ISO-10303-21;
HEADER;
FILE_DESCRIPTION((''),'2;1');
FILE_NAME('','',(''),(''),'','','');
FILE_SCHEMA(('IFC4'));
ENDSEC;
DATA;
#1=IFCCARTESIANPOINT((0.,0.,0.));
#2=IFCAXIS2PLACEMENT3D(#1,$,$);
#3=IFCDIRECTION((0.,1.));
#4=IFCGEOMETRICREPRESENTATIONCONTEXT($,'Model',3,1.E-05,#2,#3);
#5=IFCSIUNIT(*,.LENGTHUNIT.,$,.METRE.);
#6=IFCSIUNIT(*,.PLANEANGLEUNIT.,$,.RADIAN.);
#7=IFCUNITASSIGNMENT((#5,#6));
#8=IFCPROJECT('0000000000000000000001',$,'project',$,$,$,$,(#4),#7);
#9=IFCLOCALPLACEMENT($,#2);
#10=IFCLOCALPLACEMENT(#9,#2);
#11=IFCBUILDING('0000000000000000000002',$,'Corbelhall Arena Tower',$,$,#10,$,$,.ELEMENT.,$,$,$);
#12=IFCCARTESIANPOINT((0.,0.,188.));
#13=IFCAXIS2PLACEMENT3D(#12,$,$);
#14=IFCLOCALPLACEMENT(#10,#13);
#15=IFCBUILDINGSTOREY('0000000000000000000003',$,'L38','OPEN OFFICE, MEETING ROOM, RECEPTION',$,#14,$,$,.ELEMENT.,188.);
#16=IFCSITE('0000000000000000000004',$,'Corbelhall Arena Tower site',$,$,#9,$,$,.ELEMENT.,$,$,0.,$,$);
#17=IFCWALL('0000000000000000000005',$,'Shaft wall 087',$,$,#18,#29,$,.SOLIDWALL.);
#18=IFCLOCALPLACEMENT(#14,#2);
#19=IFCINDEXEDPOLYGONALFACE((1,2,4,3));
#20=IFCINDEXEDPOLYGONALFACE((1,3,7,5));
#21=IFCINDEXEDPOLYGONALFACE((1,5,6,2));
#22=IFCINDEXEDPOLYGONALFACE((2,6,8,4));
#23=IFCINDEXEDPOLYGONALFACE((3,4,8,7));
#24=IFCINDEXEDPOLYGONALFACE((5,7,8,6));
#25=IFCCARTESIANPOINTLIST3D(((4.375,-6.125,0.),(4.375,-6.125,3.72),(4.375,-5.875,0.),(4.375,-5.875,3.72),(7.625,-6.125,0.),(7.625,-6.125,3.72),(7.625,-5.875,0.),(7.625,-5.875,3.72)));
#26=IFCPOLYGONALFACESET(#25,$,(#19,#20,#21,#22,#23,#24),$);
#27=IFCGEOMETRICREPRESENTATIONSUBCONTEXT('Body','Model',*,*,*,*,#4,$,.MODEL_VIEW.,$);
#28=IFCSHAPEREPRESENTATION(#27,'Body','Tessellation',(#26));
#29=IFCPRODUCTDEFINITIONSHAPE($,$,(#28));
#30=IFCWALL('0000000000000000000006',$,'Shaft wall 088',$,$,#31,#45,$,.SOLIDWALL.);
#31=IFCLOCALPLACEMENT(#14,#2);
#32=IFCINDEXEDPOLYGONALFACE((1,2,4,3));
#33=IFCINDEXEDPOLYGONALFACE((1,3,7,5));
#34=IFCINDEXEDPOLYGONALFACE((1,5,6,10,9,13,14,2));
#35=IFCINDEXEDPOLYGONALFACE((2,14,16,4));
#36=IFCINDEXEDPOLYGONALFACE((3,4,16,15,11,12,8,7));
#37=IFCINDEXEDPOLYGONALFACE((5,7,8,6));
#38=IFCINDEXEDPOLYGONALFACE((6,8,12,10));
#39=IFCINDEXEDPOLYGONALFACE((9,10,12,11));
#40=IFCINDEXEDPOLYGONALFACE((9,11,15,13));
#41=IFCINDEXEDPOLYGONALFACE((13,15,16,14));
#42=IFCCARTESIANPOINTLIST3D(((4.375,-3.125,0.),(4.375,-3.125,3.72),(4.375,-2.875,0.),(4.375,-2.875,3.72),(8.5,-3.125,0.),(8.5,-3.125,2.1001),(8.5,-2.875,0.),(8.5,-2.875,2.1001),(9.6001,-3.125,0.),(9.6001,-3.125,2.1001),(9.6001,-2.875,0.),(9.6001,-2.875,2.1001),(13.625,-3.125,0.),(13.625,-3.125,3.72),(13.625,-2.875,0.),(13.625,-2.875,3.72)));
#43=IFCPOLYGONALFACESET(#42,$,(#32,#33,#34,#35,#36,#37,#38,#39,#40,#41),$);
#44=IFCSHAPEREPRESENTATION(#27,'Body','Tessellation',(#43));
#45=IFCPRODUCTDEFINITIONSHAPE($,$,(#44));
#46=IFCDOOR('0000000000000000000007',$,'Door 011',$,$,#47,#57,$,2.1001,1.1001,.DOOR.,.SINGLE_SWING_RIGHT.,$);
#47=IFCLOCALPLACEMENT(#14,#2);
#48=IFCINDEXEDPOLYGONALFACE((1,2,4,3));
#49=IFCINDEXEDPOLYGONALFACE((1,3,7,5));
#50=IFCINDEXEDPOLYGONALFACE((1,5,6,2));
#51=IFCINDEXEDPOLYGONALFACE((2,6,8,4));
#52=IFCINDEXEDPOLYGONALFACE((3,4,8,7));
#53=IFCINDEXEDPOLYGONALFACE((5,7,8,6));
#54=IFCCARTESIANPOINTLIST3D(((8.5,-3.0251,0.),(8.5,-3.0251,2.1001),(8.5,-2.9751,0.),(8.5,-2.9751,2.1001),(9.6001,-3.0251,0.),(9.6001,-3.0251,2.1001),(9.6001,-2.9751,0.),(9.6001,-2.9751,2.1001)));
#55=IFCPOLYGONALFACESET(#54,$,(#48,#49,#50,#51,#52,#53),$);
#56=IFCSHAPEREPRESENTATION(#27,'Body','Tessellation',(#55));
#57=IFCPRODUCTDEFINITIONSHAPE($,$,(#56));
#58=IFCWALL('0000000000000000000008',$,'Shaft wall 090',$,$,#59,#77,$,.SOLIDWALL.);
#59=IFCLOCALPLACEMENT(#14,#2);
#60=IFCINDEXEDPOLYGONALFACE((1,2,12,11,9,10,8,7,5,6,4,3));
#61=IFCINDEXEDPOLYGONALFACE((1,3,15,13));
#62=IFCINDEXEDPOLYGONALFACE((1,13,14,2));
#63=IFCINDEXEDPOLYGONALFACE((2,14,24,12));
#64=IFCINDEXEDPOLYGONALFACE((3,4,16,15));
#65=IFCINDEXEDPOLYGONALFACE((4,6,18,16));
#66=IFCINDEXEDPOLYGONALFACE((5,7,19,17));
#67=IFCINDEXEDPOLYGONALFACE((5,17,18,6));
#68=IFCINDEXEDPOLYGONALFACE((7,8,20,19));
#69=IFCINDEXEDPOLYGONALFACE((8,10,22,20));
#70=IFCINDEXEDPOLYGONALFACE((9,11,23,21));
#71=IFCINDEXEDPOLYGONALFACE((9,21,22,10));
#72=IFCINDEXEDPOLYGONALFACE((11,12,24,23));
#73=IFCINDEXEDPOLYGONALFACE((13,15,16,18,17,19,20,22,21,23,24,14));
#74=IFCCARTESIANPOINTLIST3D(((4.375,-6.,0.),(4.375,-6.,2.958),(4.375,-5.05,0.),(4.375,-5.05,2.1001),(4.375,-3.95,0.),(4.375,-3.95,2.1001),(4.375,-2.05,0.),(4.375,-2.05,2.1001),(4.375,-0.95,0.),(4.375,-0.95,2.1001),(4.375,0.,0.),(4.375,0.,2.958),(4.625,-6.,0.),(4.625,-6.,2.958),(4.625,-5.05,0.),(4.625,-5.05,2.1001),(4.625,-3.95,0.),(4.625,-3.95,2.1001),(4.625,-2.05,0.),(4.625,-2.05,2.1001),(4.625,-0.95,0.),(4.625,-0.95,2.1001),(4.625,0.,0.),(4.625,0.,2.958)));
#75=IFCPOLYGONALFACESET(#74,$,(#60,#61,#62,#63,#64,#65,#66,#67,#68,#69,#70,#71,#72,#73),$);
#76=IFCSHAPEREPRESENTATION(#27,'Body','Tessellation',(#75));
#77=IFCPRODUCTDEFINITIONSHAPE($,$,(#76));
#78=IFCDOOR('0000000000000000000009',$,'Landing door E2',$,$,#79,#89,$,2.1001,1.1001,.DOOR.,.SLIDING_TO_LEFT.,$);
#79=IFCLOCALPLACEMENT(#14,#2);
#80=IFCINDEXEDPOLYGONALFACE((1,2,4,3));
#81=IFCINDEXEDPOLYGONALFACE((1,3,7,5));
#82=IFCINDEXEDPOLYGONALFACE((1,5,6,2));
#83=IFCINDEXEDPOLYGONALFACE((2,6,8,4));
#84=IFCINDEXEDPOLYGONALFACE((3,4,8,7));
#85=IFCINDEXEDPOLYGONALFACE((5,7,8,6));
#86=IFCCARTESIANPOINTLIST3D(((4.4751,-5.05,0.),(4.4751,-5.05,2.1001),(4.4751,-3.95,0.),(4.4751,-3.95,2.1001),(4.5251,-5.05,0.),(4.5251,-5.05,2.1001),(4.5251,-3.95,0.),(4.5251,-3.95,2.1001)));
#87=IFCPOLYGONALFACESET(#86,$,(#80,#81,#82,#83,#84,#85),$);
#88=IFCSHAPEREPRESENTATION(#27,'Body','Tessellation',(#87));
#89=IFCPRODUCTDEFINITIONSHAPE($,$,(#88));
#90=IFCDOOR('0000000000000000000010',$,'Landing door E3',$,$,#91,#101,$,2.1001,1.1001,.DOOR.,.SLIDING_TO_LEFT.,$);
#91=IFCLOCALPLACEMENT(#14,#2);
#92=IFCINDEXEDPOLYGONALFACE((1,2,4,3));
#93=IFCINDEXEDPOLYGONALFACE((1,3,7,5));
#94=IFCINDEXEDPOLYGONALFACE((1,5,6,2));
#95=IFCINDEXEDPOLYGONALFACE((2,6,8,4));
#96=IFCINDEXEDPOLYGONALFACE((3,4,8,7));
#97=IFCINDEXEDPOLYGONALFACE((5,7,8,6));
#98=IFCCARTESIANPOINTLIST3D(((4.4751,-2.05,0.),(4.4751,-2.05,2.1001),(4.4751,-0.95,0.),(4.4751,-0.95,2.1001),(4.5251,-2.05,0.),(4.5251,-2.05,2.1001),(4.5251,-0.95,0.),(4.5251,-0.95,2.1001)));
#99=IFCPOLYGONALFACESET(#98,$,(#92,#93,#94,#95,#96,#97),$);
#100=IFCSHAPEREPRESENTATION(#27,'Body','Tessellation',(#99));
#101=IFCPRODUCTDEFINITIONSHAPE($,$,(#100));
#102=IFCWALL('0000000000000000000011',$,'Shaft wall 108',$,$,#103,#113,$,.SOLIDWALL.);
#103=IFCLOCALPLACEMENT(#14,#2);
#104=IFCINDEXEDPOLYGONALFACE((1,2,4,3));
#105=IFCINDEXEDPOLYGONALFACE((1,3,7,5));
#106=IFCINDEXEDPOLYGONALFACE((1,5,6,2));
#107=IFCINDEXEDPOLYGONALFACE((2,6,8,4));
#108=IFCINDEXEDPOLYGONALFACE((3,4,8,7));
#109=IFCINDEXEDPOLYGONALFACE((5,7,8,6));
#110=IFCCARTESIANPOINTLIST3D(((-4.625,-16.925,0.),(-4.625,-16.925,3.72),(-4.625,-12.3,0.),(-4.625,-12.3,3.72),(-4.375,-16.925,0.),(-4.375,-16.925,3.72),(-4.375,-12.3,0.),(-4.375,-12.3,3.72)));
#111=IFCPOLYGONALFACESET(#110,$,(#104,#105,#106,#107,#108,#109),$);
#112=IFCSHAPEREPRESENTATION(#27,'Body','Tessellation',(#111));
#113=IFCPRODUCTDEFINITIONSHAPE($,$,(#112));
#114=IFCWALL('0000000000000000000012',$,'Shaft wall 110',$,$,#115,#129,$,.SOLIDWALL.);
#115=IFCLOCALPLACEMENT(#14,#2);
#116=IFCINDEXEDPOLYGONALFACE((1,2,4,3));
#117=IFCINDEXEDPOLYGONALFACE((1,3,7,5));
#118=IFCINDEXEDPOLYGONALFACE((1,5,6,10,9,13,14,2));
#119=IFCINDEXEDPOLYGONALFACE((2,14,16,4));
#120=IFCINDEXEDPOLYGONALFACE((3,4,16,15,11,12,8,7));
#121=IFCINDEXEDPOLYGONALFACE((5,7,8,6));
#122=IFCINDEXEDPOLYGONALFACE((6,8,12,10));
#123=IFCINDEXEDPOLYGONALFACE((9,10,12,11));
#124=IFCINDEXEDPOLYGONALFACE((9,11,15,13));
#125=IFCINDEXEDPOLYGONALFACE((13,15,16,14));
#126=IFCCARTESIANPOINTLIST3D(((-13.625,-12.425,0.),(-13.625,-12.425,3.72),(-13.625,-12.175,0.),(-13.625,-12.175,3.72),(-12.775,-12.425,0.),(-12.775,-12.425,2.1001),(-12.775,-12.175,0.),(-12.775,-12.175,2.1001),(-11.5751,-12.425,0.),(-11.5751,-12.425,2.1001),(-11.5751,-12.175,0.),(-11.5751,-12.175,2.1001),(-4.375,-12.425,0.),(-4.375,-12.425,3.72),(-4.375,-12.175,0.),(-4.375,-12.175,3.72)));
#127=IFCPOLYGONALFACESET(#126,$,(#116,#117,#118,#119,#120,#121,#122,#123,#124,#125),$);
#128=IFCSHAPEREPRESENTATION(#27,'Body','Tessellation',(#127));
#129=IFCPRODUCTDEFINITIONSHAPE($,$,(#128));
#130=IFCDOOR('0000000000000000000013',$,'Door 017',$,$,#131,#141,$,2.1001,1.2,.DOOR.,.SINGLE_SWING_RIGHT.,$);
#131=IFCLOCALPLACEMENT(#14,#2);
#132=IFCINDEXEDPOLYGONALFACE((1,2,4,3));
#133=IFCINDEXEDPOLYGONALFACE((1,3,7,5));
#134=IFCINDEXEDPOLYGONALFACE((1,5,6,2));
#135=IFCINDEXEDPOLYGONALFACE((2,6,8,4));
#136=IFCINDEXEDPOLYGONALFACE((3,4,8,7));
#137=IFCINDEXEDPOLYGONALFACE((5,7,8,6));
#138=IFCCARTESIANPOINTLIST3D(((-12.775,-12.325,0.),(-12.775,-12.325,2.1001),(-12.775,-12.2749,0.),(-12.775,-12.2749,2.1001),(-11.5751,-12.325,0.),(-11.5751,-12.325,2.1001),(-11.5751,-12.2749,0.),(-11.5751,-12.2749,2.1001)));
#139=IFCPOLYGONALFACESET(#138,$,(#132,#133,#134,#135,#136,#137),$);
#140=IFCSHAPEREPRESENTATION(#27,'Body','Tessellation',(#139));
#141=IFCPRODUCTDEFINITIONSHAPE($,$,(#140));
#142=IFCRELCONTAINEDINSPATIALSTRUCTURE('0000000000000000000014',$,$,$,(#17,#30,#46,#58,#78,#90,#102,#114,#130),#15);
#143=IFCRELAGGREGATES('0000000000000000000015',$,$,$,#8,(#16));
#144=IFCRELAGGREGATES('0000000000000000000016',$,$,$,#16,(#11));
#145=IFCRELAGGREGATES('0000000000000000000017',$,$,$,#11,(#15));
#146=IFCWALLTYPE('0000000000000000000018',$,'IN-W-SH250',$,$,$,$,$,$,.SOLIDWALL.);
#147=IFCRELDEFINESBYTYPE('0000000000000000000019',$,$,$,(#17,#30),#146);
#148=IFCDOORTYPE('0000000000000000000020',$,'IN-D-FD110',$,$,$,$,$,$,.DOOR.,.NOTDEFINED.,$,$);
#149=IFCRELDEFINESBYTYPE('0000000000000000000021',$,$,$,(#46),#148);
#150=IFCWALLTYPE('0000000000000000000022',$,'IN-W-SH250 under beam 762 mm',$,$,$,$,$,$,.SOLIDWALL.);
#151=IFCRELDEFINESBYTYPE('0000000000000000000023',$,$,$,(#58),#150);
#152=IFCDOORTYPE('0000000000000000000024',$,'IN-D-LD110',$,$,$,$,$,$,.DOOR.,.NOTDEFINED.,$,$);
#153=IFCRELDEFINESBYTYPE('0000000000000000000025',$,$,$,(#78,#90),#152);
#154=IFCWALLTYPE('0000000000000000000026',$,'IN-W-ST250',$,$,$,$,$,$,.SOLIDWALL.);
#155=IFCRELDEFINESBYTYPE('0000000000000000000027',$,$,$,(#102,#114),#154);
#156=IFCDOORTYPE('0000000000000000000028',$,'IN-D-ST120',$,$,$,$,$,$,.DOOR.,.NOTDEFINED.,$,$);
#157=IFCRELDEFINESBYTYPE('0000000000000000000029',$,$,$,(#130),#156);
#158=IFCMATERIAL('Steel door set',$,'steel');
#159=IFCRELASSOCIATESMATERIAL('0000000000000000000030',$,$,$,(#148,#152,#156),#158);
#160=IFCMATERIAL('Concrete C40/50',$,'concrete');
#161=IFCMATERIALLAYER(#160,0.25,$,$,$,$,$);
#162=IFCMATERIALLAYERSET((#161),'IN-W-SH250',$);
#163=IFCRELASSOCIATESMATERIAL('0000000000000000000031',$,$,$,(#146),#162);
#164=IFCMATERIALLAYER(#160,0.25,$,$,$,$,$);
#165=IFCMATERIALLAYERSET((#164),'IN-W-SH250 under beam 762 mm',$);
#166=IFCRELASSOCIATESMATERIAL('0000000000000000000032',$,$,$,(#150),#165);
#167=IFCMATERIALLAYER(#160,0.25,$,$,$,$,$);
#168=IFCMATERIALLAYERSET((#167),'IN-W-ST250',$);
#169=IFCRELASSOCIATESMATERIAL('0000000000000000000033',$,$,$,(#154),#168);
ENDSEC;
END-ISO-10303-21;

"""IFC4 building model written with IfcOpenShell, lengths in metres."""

from ifc_helpers import new_model, si_unit, direction, frame, frame_2d, origin, place, context, subcontext, project, spatial, rectangle, extrude, material, layer, layer_set, type_object, element, fill, save


model = new_model("IFC4")

# Units and contexts
model_context = context("Model", 3, precision=1e-05, world=origin(), true_north=direction((0.0, 1.0)))
body_context = subcontext(model_context, "Body", "Model", "MODEL_VIEW")
ifc_project = project(units=[si_unit("LENGTHUNIT", "METRE"), si_unit("PLANEANGLEUNIT", "RADIAN")], contexts=[model_context])

# Site, building, storey
site_placement = place(None, origin())
site = spatial("IfcSite", under=ifc_project, at=site_placement, Name="Corbelhall Arena Tower site", CompositionType="ELEMENT", RefElevation=0.0)
building_placement = place(site_placement, origin())
building = spatial("IfcBuilding", under=site, at=building_placement, Name="Corbelhall Arena Tower", CompositionType="ELEMENT")
storey_placement = place(building_placement, frame((0.0, 0.0, 188.0)))
storey = spatial("IfcBuildingStorey", under=building, at=storey_placement, Name="L38", Description="OPEN OFFICE, MEETING ROOM, RECEPTION", CompositionType="ELEMENT", Elevation=188.0)

# Shared definitions
ifc_material_1 = material(Name="Concrete C40/50", Category="concrete")

# Shared definitions
ifc_material_2 = material(Name="Steel door set", Category="steel")
door_type_1 = type_object("IfcDoorType", Name="IN-D-FD110", OperationType="NOTDEFINED", PredefinedType="DOOR", material=ifc_material_2)

# Wall
ifc_layer_1 = layer(ifc_material_1, 0.25)
ifc_layer_set_1 = layer_set([ifc_layer_1], Name="IN-W-SH250")
wall_type_1 = type_object("IfcWallType", Name="IN-W-SH250", PredefinedType="SOLIDWALL", material=ifc_layer_set_1)
wall_1_placement = place(storey_placement, frame((4.375, -6.0, 0.0), z_axis=(0.0, 0.0, 1.0), x_axis=(1.0, 0.0, 0.0)))
element("IfcWall", 1, at=wall_1_placement, inside=storey, type_object=wall_type_1, Name="Shaft wall 087", PredefinedType="SOLIDWALL", context=body_context, shape_type="SweptSolid", body=[
    extrude(rectangle(XDim=3.25, YDim=0.25, at=frame_2d((1.625, 0.0))), origin(), (0.0, 0.0, 1.0), 3.72),
])

# Wall, opening, door
wall_2_placement = place(storey_placement, frame((4.375, -3.0, 0.0), z_axis=(0.0, 0.0, 1.0), x_axis=(1.0, 0.0, 0.0)))
wall_2 = element("IfcWall", 2, at=wall_2_placement, inside=storey, type_object=wall_type_1, Name="Shaft wall 088", PredefinedType="SOLIDWALL", context=body_context, shape_type="SweptSolid", body=[
    extrude(rectangle(XDim=9.25, YDim=0.25, at=frame_2d((4.625, 0.0))), origin(), (0.0, 0.0, 1.0), 3.72),
])
opening_1_placement = place(wall_2_placement, frame((4.125, 0.0, 0.0)))
opening_1 = element("IfcOpeningElement", 3, at=opening_1_placement, cuts=wall_2, PredefinedType="OPENING", context=body_context, shape_type="SweptSolid", body=[
    extrude(rectangle(XDim=1.1001, YDim=2.1001, at=frame_2d((0.55, 1.05))), frame((0.0, 0.125, 0.0), z_axis=(0.0, -1.0, 0.0), x_axis=(1.0, 0.0, 0.0)), (0.0, 0.0, 1.0), 0.25),
])
door_1_placement = place(opening_1_placement, origin())
door_1 = element("IfcDoor", 4, at=door_1_placement, inside=storey, type_object=door_type_1, Name="Door 011", OperationType="SINGLE_SWING_RIGHT", OverallHeight=2.1001, OverallWidth=1.1001, PredefinedType="DOOR", context=body_context, shape_type="SweptSolid", body=[
    extrude(rectangle(XDim=1.1001, YDim=2.1001, at=frame_2d((0.55, 1.05))), frame((0.0, 0.0249, 0.0), z_axis=(0.0, -1.0, 0.0), x_axis=(1.0, 0.0, 0.0)), (0.0, 0.0, 1.0), 0.05),
])
fill(opening_1, door_1)

# Wall, openings, doors
ifc_layer_2 = layer(ifc_material_1, 0.25)
ifc_layer_set_2 = layer_set([ifc_layer_2], Name="IN-W-SH250 under beam 762 mm")
wall_type_2 = type_object("IfcWallType", Name="IN-W-SH250 under beam 762 mm", PredefinedType="SOLIDWALL", material=ifc_layer_set_2)
wall_3_placement = place(storey_placement, frame((4.5, -6.0, 0.0), z_axis=(0.0, 0.0, 1.0), x_axis=(0.0, 1.0, 0.0)))
wall_3 = element("IfcWall", 5, at=wall_3_placement, inside=storey, type_object=wall_type_2, Name="Shaft wall 090", PredefinedType="SOLIDWALL", context=body_context, shape_type="SweptSolid", body=[
    extrude(rectangle(XDim=6.0, YDim=0.25, at=frame_2d((3.0, 0.0))), origin(), (0.0, 0.0, 1.0), 2.958),
])
opening_2_placement = place(wall_3_placement, frame((0.95, 0.0, 0.0)))
opening_2 = element("IfcOpeningElement", 6, at=opening_2_placement, cuts=wall_3, PredefinedType="OPENING", context=body_context, shape_type="SweptSolid", body=[
    extrude(rectangle(XDim=1.1001, YDim=2.1001, at=frame_2d((0.55, 1.05))), frame((0.0, 0.125, 0.0), z_axis=(0.0, -1.0, 0.0), x_axis=(1.0, 0.0, 0.0)), (0.0, 0.0, 1.0), 0.25),
])
opening_3_placement = place(wall_3_placement, frame((3.95, 0.0, 0.0)))
opening_3 = element("IfcOpeningElement", 7, at=opening_3_placement, cuts=wall_3, PredefinedType="OPENING", context=body_context, shape_type="SweptSolid", body=[
    extrude(rectangle(XDim=1.1001, YDim=2.1001, at=frame_2d((0.55, 1.05))), frame((0.0, 0.125, 0.0), z_axis=(0.0, -1.0, 0.0), x_axis=(1.0, 0.0, 0.0)), (0.0, 0.0, 1.0), 0.25),
])
door_type_2 = type_object("IfcDoorType", Name="IN-D-LD110", OperationType="NOTDEFINED", PredefinedType="DOOR", material=ifc_material_2)
door_2_placement = place(opening_2_placement, origin())
door_2 = element("IfcDoor", 8, at=door_2_placement, inside=storey, type_object=door_type_2, Name="Landing door E2", OperationType="SLIDING_TO_LEFT", OverallHeight=2.1001, OverallWidth=1.1001, PredefinedType="DOOR", context=body_context, shape_type="SweptSolid", body=[
    extrude(rectangle(XDim=1.1001, YDim=2.1001, at=frame_2d((0.55, 1.05))), frame((0.0, 0.0249, 0.0), z_axis=(0.0, -1.0, 0.0), x_axis=(1.0, 0.0, 0.0)), (0.0, 0.0, 1.0), 0.05),
])
fill(opening_2, door_2)
door_3_placement = place(opening_3_placement, origin())
door_3 = element("IfcDoor", 9, at=door_3_placement, inside=storey, type_object=door_type_2, Name="Landing door E3", OperationType="SLIDING_TO_LEFT", OverallHeight=2.1001, OverallWidth=1.1001, PredefinedType="DOOR", context=body_context, shape_type="SweptSolid", body=[
    extrude(rectangle(XDim=1.1001, YDim=2.1001, at=frame_2d((0.55, 1.05))), frame((0.0, 0.0249, 0.0), z_axis=(0.0, -1.0, 0.0), x_axis=(1.0, 0.0, 0.0)), (0.0, 0.0, 1.0), 0.05),
])
fill(opening_3, door_3)

# Wall
ifc_layer_3 = layer(ifc_material_1, 0.25)
ifc_layer_set_3 = layer_set([ifc_layer_3], Name="IN-W-ST250")
wall_type_3 = type_object("IfcWallType", Name="IN-W-ST250", PredefinedType="SOLIDWALL", material=ifc_layer_set_3)
wall_4_placement = place(storey_placement, frame((-4.5, -12.3, 0.0), z_axis=(0.0, 0.0, 1.0), x_axis=(0.0, -1.0, 0.0)))
element("IfcWall", 10, at=wall_4_placement, inside=storey, type_object=wall_type_3, Name="Shaft wall 108", PredefinedType="SOLIDWALL", context=body_context, shape_type="SweptSolid", body=[
    extrude(rectangle(XDim=4.625, YDim=0.25, at=frame_2d((2.3125, 0.0))), origin(), (0.0, 0.0, 1.0), 3.72),
])

# Wall, opening, door
wall_5_placement = place(storey_placement, frame((-4.375, -12.3, 0.0), z_axis=(0.0, 0.0, 1.0), x_axis=(-1.0, 0.0, 0.0)))
wall_5 = element("IfcWall", 11, at=wall_5_placement, inside=storey, type_object=wall_type_3, Name="Shaft wall 110", PredefinedType="SOLIDWALL", context=body_context, shape_type="SweptSolid", body=[
    extrude(rectangle(XDim=9.25, YDim=0.25, at=frame_2d((4.625, 0.0))), origin(), (0.0, 0.0, 1.0), 3.72),
])
opening_4_placement = place(wall_5_placement, frame((7.2, 0.0, 0.0)))
opening_4 = element("IfcOpeningElement", 12, at=opening_4_placement, cuts=wall_5, PredefinedType="OPENING", context=body_context, shape_type="SweptSolid", body=[
    extrude(rectangle(XDim=1.2, YDim=2.1001, at=frame_2d((0.6001, 1.05))), frame((0.0, 0.125, 0.0), z_axis=(0.0, -1.0, 0.0), x_axis=(1.0, 0.0, 0.0)), (0.0, 0.0, 1.0), 0.25),
])
door_type_3 = type_object("IfcDoorType", Name="IN-D-ST120", OperationType="NOTDEFINED", PredefinedType="DOOR", material=ifc_material_2)
door_4_placement = place(opening_4_placement, origin())
door_4 = element("IfcDoor", 13, at=door_4_placement, inside=storey, type_object=door_type_3, Name="Door 017", OperationType="SINGLE_SWING_RIGHT", OverallHeight=2.1001, OverallWidth=1.2, PredefinedType="DOOR", context=body_context, shape_type="SweptSolid", body=[
    extrude(rectangle(XDim=1.2, YDim=2.1001, at=frame_2d((0.6001, 1.05))), frame((0.0, 0.0249, 0.0), z_axis=(0.0, -1.0, 0.0), x_axis=(1.0, 0.0, 0.0)), (0.0, 0.0, 1.0), 0.05),
])
fill(opening_4, door_4)

save(model, "model.ifc")
